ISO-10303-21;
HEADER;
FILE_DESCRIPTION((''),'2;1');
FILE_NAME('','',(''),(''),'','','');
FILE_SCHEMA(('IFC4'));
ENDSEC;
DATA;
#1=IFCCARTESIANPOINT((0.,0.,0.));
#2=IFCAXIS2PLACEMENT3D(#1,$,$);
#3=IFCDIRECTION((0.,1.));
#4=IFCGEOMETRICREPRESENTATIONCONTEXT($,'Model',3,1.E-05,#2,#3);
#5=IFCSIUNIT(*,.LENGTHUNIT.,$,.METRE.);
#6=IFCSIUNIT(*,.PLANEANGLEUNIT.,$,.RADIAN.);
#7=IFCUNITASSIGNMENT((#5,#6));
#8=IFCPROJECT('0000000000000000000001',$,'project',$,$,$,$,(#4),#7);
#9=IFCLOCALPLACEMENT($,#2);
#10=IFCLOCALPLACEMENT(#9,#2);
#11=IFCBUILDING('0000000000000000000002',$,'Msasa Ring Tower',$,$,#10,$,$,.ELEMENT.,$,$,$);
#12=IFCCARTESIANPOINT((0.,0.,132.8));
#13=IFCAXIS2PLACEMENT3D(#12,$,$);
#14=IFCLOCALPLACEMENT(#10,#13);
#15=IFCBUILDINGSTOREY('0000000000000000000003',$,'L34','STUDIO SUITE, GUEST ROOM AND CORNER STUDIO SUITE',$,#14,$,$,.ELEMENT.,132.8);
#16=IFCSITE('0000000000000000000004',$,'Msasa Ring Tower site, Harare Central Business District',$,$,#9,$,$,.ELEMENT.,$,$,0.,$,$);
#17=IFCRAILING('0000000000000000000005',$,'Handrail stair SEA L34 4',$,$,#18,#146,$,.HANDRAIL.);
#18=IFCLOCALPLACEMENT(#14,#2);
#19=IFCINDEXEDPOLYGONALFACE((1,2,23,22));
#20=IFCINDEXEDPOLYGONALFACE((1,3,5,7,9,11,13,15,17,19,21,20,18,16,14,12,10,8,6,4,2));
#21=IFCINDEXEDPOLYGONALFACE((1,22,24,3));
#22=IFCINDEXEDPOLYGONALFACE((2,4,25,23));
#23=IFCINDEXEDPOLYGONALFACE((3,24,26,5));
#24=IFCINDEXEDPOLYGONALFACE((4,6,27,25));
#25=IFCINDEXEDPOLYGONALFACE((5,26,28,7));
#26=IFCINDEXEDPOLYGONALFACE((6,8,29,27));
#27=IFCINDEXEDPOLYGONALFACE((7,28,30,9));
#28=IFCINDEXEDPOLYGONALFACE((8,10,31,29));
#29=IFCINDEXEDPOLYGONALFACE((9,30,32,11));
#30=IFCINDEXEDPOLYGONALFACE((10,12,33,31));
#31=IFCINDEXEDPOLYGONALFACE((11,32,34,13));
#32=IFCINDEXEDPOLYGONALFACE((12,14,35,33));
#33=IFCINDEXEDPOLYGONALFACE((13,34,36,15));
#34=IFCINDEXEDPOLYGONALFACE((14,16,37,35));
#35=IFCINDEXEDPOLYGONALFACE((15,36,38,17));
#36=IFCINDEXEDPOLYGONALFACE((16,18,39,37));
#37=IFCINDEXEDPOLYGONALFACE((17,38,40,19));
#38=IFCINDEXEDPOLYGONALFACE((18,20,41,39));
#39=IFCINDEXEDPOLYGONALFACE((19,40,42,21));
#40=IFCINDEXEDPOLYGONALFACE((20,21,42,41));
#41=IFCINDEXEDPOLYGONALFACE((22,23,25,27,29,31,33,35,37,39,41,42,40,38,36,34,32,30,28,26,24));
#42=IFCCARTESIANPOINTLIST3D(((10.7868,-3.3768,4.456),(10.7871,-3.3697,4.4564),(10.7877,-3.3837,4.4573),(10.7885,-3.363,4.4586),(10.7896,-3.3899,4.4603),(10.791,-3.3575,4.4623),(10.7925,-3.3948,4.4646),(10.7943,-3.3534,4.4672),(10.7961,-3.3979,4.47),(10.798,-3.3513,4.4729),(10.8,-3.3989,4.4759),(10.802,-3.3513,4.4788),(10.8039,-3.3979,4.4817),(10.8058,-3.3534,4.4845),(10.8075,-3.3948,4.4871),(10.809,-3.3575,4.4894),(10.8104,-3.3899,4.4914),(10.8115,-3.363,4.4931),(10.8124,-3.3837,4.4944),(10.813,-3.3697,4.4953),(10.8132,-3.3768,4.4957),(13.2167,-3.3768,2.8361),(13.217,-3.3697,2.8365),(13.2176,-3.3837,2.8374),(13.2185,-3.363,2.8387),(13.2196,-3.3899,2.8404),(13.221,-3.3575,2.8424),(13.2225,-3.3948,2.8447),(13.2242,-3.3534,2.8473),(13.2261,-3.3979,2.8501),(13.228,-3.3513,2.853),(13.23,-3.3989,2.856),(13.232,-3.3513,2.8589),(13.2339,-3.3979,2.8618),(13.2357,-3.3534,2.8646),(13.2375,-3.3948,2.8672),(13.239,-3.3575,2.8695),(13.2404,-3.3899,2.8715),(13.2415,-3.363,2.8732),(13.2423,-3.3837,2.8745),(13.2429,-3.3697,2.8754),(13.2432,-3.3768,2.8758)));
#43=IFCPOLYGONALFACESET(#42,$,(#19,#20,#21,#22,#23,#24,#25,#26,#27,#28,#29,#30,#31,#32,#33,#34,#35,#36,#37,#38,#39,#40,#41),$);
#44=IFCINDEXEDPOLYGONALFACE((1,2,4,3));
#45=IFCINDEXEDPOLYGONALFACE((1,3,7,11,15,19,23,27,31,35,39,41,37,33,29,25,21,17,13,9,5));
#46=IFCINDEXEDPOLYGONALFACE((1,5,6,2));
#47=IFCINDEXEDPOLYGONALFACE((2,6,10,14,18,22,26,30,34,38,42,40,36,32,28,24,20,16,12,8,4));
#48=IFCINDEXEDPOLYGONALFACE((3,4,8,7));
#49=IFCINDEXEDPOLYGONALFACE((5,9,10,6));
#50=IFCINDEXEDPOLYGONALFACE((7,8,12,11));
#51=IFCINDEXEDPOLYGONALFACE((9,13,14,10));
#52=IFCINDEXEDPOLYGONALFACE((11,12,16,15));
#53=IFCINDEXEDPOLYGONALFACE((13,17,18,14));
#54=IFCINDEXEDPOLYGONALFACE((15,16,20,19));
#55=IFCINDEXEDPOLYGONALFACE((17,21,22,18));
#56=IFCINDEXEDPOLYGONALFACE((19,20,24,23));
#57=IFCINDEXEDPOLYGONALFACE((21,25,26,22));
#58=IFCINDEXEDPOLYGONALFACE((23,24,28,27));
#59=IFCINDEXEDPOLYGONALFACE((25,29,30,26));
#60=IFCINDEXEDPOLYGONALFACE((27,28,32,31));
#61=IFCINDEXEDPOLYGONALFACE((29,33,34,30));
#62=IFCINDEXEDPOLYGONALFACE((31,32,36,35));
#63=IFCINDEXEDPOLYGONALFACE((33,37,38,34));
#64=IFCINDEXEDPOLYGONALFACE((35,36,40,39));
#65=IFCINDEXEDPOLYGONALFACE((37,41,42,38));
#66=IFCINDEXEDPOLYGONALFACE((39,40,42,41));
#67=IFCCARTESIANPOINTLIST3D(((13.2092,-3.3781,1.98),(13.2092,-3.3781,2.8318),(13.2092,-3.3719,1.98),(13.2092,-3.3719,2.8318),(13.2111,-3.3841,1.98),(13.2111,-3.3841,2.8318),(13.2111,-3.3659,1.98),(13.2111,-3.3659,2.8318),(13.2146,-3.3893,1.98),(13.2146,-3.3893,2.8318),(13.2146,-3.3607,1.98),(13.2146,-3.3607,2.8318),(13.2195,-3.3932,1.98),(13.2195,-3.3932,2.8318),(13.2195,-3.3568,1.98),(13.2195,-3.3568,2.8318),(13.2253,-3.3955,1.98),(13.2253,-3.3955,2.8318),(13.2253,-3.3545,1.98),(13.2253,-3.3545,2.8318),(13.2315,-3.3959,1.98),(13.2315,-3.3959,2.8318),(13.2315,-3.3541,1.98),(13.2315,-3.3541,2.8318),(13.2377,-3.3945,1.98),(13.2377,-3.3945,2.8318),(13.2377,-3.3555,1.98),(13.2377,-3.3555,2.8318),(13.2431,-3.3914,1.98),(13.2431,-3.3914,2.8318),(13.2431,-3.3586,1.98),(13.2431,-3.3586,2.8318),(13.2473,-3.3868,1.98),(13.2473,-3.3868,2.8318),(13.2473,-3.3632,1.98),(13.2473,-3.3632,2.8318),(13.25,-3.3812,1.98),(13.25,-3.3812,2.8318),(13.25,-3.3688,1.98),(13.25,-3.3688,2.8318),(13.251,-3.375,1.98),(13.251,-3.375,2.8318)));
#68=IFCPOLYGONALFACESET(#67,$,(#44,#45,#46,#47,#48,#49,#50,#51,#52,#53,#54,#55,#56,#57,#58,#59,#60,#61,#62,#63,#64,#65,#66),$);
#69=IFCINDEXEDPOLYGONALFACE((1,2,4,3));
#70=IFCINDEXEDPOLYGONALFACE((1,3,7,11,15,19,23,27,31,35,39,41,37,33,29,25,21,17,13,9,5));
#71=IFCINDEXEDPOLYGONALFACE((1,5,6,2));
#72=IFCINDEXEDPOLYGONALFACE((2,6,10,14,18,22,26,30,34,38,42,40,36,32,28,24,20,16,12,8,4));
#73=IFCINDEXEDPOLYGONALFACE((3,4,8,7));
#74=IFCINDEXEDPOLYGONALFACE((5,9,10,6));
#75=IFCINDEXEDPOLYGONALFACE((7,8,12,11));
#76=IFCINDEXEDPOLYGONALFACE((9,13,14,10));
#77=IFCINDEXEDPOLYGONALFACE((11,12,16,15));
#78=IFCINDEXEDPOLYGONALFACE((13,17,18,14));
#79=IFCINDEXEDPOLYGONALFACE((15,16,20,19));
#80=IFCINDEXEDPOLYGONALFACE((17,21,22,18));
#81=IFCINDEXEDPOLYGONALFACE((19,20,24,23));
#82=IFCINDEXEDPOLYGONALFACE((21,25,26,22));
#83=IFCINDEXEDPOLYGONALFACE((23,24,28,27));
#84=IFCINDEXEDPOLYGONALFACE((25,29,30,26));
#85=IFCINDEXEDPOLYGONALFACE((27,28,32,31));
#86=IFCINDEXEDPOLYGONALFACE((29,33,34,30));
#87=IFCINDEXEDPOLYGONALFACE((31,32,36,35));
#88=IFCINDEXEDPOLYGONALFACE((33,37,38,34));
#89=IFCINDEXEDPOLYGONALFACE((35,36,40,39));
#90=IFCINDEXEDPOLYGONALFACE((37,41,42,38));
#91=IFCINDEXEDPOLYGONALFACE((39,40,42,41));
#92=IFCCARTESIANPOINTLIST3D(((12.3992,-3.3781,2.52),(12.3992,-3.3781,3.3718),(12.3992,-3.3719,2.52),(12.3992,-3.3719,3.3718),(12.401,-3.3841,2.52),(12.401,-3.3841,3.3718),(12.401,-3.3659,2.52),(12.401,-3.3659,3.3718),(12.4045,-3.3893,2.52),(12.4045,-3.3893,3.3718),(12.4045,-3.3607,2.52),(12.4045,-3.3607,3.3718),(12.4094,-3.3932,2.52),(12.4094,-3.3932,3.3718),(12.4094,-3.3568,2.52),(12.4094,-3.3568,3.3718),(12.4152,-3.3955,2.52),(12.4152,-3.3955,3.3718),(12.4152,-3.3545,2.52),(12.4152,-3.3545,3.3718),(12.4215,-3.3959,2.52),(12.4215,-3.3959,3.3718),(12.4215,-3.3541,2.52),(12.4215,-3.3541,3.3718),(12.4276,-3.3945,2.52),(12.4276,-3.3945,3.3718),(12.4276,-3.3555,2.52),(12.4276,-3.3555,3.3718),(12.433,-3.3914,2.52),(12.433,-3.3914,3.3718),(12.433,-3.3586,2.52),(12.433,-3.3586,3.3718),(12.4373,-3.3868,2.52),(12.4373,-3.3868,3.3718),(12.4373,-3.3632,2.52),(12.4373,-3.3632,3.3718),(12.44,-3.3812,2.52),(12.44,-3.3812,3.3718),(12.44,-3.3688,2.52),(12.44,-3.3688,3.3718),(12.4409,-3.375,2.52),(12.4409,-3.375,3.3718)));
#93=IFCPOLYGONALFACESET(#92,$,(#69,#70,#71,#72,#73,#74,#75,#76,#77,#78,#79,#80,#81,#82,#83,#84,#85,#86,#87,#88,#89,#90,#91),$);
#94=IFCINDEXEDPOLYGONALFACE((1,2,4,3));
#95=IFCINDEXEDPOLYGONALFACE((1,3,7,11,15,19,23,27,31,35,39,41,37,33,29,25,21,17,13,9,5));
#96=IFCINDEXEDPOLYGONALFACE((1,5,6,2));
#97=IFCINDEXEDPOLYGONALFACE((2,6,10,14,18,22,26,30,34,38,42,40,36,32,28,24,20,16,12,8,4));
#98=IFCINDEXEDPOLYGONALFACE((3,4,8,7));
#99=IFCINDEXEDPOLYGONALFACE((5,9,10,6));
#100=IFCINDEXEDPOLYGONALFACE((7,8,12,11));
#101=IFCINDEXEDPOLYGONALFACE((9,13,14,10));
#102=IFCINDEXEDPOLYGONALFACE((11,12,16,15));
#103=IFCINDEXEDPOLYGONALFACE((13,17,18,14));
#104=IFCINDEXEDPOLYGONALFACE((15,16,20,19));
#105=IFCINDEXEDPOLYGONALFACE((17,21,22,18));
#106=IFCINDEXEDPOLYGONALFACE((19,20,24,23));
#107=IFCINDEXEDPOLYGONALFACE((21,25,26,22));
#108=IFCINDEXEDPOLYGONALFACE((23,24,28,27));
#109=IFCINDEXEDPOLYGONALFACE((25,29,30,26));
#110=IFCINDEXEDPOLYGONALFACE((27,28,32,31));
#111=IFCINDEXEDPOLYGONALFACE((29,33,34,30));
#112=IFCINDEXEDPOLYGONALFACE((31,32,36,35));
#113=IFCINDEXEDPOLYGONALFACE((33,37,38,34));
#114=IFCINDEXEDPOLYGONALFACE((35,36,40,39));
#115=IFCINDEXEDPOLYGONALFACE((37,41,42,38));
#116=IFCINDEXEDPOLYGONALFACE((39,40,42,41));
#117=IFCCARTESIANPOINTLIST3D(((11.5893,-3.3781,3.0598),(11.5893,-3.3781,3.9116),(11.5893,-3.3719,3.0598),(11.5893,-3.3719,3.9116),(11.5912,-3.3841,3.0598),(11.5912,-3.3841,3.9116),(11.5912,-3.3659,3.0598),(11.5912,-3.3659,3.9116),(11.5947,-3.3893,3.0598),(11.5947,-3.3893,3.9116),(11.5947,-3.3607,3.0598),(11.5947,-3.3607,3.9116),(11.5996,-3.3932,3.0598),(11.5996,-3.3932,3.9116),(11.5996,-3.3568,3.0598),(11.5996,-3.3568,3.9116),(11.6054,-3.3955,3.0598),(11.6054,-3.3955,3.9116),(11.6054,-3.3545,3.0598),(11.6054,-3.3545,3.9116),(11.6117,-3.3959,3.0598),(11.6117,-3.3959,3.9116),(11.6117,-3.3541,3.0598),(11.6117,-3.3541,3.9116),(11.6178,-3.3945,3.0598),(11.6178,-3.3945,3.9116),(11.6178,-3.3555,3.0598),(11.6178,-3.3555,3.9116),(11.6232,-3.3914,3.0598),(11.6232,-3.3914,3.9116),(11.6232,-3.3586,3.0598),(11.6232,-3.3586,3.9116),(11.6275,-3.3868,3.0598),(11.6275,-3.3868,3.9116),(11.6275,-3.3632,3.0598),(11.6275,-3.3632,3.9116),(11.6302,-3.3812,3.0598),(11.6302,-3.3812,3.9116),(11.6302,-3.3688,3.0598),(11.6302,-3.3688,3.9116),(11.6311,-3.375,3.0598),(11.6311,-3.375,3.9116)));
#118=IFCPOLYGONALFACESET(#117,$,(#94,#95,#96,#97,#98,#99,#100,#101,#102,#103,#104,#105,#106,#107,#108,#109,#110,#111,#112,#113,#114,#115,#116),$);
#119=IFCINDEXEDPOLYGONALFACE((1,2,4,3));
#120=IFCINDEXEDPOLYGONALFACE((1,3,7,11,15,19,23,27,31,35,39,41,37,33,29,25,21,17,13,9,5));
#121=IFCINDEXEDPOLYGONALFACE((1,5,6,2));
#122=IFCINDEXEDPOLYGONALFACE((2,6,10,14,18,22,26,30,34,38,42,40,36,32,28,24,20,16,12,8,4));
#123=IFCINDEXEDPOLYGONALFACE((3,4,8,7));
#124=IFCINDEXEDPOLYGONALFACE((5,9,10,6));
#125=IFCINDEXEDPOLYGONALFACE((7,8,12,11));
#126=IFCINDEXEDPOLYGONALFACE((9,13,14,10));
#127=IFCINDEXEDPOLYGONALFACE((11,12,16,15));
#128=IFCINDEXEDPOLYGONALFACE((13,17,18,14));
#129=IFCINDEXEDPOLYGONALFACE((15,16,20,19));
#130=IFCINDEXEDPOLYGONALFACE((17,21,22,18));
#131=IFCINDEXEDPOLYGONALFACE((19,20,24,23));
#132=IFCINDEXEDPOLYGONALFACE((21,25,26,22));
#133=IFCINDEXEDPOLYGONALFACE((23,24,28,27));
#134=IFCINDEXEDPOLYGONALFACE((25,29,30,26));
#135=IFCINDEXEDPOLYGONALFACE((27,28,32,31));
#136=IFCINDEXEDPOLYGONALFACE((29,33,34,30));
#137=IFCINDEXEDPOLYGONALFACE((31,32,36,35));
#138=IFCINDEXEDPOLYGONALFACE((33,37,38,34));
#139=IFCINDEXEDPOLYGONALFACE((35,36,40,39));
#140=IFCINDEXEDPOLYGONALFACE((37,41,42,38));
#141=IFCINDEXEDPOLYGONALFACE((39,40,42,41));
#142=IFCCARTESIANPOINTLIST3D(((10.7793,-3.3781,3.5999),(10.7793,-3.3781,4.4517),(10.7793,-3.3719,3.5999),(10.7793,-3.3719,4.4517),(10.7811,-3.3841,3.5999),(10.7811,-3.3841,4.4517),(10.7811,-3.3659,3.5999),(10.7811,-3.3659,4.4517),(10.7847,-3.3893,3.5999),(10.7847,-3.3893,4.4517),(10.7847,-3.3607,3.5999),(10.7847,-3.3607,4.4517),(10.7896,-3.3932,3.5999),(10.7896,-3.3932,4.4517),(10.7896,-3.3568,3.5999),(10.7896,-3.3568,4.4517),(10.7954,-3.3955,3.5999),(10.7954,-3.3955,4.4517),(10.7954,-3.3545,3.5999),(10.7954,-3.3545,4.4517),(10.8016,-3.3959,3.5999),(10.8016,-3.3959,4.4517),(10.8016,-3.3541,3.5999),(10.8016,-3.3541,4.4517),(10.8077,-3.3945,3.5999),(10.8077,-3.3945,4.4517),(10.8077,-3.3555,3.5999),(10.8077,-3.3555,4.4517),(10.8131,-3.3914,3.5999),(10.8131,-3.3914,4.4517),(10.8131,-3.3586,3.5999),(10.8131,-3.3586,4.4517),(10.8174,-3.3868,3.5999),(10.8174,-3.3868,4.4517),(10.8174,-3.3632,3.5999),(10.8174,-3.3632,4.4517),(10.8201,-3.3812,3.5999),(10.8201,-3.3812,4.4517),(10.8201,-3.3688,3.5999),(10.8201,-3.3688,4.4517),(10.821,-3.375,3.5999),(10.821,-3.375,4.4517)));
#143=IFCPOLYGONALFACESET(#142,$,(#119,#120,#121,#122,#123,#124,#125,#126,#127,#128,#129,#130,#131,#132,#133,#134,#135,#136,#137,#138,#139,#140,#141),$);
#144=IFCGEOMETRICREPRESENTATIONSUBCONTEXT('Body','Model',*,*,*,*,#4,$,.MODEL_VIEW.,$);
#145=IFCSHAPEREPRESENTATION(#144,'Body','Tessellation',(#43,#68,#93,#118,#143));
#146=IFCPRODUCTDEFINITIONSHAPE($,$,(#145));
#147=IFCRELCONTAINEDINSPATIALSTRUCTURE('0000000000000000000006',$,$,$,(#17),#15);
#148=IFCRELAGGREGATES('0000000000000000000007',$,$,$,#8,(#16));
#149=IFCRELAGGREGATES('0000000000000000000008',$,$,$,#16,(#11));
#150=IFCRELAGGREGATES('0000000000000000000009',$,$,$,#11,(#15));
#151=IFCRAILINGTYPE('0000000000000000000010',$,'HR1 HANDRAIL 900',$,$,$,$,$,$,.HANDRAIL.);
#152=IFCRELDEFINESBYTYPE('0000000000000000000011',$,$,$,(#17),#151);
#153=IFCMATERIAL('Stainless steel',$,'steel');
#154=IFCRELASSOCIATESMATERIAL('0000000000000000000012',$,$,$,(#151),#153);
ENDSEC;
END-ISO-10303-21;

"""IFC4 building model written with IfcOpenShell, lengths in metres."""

from ifc_helpers import new_model, si_unit, direction, frame, origin, origin_2d, place, context, subcontext, project, spatial, circle, extrude, material, type_object, element, save


model = new_model("IFC4")

# Units and contexts
model_context = context("Model", 3, precision=1e-05, world=origin(), true_north=direction((0.0, 1.0)))
body_context = subcontext(model_context, "Body", "Model", "MODEL_VIEW")
ifc_project = project(units=[si_unit("LENGTHUNIT", "METRE"), si_unit("PLANEANGLEUNIT", "RADIAN")], contexts=[model_context])

# Site, building, storey
site_placement = place(None, origin())
site = spatial("IfcSite", under=ifc_project, at=site_placement, Name="Msasa Ring Tower site, Harare Central Business District", CompositionType="ELEMENT", RefElevation=0.0)
building_placement = place(site_placement, origin())
building = spatial("IfcBuilding", under=site, at=building_placement, Name="Msasa Ring Tower", CompositionType="ELEMENT")
storey_placement = place(building_placement, frame((0.0, 0.0, 132.8)))
storey = spatial("IfcBuildingStorey", under=building, at=storey_placement, Name="L34", Description="STUDIO SUITE, GUEST ROOM AND CORNER STUDIO SUITE", CompositionType="ELEMENT", Elevation=132.8)

# Railing
ifc_material_1 = material(Name="Stainless steel", Category="steel")
railing_type = type_object("IfcRailingType", Name="HR1 HANDRAIL 900", PredefinedType="HANDRAIL", material=ifc_material_1)
railing_placement = place(storey_placement, frame((13.23, -3.375, 1.98)))
element("IfcRailing", 1, at=railing_placement, inside=storey, type_object=railing_type, Name="Handrail stair SEA L34 4", PredefinedType="HANDRAIL", context=body_context, shape_type="SweptSolid", body=[
    extrude(circle(Radius=0.0239, at=origin_2d()), frame((0.0, 0.0, 0.876), z_axis=(-0.832063, 0.0, 0.554681), x_axis=(0.0, -1.0, 0.0)), (0.0, 0.0, 1.0), 2.9204),
    extrude(circle(Radius=0.021, at=origin_2d()), origin(), (0.0, 0.0, 1.0), 0.8518),
    extrude(circle(Radius=0.021, at=origin_2d()), frame((-0.8101, 0.0, 0.54)), (0.0, 0.0, 1.0), 0.8518),
    extrude(circle(Radius=0.021, at=origin_2d()), frame((-1.6199, 0.0, 1.0798)), (0.0, 0.0, 1.0), 0.8518),
    extrude(circle(Radius=0.021, at=origin_2d()), frame((-2.4299, 0.0, 1.6199)), (0.0, 0.0, 1.0), 0.8518),
])

save(model, "model.ifc")
